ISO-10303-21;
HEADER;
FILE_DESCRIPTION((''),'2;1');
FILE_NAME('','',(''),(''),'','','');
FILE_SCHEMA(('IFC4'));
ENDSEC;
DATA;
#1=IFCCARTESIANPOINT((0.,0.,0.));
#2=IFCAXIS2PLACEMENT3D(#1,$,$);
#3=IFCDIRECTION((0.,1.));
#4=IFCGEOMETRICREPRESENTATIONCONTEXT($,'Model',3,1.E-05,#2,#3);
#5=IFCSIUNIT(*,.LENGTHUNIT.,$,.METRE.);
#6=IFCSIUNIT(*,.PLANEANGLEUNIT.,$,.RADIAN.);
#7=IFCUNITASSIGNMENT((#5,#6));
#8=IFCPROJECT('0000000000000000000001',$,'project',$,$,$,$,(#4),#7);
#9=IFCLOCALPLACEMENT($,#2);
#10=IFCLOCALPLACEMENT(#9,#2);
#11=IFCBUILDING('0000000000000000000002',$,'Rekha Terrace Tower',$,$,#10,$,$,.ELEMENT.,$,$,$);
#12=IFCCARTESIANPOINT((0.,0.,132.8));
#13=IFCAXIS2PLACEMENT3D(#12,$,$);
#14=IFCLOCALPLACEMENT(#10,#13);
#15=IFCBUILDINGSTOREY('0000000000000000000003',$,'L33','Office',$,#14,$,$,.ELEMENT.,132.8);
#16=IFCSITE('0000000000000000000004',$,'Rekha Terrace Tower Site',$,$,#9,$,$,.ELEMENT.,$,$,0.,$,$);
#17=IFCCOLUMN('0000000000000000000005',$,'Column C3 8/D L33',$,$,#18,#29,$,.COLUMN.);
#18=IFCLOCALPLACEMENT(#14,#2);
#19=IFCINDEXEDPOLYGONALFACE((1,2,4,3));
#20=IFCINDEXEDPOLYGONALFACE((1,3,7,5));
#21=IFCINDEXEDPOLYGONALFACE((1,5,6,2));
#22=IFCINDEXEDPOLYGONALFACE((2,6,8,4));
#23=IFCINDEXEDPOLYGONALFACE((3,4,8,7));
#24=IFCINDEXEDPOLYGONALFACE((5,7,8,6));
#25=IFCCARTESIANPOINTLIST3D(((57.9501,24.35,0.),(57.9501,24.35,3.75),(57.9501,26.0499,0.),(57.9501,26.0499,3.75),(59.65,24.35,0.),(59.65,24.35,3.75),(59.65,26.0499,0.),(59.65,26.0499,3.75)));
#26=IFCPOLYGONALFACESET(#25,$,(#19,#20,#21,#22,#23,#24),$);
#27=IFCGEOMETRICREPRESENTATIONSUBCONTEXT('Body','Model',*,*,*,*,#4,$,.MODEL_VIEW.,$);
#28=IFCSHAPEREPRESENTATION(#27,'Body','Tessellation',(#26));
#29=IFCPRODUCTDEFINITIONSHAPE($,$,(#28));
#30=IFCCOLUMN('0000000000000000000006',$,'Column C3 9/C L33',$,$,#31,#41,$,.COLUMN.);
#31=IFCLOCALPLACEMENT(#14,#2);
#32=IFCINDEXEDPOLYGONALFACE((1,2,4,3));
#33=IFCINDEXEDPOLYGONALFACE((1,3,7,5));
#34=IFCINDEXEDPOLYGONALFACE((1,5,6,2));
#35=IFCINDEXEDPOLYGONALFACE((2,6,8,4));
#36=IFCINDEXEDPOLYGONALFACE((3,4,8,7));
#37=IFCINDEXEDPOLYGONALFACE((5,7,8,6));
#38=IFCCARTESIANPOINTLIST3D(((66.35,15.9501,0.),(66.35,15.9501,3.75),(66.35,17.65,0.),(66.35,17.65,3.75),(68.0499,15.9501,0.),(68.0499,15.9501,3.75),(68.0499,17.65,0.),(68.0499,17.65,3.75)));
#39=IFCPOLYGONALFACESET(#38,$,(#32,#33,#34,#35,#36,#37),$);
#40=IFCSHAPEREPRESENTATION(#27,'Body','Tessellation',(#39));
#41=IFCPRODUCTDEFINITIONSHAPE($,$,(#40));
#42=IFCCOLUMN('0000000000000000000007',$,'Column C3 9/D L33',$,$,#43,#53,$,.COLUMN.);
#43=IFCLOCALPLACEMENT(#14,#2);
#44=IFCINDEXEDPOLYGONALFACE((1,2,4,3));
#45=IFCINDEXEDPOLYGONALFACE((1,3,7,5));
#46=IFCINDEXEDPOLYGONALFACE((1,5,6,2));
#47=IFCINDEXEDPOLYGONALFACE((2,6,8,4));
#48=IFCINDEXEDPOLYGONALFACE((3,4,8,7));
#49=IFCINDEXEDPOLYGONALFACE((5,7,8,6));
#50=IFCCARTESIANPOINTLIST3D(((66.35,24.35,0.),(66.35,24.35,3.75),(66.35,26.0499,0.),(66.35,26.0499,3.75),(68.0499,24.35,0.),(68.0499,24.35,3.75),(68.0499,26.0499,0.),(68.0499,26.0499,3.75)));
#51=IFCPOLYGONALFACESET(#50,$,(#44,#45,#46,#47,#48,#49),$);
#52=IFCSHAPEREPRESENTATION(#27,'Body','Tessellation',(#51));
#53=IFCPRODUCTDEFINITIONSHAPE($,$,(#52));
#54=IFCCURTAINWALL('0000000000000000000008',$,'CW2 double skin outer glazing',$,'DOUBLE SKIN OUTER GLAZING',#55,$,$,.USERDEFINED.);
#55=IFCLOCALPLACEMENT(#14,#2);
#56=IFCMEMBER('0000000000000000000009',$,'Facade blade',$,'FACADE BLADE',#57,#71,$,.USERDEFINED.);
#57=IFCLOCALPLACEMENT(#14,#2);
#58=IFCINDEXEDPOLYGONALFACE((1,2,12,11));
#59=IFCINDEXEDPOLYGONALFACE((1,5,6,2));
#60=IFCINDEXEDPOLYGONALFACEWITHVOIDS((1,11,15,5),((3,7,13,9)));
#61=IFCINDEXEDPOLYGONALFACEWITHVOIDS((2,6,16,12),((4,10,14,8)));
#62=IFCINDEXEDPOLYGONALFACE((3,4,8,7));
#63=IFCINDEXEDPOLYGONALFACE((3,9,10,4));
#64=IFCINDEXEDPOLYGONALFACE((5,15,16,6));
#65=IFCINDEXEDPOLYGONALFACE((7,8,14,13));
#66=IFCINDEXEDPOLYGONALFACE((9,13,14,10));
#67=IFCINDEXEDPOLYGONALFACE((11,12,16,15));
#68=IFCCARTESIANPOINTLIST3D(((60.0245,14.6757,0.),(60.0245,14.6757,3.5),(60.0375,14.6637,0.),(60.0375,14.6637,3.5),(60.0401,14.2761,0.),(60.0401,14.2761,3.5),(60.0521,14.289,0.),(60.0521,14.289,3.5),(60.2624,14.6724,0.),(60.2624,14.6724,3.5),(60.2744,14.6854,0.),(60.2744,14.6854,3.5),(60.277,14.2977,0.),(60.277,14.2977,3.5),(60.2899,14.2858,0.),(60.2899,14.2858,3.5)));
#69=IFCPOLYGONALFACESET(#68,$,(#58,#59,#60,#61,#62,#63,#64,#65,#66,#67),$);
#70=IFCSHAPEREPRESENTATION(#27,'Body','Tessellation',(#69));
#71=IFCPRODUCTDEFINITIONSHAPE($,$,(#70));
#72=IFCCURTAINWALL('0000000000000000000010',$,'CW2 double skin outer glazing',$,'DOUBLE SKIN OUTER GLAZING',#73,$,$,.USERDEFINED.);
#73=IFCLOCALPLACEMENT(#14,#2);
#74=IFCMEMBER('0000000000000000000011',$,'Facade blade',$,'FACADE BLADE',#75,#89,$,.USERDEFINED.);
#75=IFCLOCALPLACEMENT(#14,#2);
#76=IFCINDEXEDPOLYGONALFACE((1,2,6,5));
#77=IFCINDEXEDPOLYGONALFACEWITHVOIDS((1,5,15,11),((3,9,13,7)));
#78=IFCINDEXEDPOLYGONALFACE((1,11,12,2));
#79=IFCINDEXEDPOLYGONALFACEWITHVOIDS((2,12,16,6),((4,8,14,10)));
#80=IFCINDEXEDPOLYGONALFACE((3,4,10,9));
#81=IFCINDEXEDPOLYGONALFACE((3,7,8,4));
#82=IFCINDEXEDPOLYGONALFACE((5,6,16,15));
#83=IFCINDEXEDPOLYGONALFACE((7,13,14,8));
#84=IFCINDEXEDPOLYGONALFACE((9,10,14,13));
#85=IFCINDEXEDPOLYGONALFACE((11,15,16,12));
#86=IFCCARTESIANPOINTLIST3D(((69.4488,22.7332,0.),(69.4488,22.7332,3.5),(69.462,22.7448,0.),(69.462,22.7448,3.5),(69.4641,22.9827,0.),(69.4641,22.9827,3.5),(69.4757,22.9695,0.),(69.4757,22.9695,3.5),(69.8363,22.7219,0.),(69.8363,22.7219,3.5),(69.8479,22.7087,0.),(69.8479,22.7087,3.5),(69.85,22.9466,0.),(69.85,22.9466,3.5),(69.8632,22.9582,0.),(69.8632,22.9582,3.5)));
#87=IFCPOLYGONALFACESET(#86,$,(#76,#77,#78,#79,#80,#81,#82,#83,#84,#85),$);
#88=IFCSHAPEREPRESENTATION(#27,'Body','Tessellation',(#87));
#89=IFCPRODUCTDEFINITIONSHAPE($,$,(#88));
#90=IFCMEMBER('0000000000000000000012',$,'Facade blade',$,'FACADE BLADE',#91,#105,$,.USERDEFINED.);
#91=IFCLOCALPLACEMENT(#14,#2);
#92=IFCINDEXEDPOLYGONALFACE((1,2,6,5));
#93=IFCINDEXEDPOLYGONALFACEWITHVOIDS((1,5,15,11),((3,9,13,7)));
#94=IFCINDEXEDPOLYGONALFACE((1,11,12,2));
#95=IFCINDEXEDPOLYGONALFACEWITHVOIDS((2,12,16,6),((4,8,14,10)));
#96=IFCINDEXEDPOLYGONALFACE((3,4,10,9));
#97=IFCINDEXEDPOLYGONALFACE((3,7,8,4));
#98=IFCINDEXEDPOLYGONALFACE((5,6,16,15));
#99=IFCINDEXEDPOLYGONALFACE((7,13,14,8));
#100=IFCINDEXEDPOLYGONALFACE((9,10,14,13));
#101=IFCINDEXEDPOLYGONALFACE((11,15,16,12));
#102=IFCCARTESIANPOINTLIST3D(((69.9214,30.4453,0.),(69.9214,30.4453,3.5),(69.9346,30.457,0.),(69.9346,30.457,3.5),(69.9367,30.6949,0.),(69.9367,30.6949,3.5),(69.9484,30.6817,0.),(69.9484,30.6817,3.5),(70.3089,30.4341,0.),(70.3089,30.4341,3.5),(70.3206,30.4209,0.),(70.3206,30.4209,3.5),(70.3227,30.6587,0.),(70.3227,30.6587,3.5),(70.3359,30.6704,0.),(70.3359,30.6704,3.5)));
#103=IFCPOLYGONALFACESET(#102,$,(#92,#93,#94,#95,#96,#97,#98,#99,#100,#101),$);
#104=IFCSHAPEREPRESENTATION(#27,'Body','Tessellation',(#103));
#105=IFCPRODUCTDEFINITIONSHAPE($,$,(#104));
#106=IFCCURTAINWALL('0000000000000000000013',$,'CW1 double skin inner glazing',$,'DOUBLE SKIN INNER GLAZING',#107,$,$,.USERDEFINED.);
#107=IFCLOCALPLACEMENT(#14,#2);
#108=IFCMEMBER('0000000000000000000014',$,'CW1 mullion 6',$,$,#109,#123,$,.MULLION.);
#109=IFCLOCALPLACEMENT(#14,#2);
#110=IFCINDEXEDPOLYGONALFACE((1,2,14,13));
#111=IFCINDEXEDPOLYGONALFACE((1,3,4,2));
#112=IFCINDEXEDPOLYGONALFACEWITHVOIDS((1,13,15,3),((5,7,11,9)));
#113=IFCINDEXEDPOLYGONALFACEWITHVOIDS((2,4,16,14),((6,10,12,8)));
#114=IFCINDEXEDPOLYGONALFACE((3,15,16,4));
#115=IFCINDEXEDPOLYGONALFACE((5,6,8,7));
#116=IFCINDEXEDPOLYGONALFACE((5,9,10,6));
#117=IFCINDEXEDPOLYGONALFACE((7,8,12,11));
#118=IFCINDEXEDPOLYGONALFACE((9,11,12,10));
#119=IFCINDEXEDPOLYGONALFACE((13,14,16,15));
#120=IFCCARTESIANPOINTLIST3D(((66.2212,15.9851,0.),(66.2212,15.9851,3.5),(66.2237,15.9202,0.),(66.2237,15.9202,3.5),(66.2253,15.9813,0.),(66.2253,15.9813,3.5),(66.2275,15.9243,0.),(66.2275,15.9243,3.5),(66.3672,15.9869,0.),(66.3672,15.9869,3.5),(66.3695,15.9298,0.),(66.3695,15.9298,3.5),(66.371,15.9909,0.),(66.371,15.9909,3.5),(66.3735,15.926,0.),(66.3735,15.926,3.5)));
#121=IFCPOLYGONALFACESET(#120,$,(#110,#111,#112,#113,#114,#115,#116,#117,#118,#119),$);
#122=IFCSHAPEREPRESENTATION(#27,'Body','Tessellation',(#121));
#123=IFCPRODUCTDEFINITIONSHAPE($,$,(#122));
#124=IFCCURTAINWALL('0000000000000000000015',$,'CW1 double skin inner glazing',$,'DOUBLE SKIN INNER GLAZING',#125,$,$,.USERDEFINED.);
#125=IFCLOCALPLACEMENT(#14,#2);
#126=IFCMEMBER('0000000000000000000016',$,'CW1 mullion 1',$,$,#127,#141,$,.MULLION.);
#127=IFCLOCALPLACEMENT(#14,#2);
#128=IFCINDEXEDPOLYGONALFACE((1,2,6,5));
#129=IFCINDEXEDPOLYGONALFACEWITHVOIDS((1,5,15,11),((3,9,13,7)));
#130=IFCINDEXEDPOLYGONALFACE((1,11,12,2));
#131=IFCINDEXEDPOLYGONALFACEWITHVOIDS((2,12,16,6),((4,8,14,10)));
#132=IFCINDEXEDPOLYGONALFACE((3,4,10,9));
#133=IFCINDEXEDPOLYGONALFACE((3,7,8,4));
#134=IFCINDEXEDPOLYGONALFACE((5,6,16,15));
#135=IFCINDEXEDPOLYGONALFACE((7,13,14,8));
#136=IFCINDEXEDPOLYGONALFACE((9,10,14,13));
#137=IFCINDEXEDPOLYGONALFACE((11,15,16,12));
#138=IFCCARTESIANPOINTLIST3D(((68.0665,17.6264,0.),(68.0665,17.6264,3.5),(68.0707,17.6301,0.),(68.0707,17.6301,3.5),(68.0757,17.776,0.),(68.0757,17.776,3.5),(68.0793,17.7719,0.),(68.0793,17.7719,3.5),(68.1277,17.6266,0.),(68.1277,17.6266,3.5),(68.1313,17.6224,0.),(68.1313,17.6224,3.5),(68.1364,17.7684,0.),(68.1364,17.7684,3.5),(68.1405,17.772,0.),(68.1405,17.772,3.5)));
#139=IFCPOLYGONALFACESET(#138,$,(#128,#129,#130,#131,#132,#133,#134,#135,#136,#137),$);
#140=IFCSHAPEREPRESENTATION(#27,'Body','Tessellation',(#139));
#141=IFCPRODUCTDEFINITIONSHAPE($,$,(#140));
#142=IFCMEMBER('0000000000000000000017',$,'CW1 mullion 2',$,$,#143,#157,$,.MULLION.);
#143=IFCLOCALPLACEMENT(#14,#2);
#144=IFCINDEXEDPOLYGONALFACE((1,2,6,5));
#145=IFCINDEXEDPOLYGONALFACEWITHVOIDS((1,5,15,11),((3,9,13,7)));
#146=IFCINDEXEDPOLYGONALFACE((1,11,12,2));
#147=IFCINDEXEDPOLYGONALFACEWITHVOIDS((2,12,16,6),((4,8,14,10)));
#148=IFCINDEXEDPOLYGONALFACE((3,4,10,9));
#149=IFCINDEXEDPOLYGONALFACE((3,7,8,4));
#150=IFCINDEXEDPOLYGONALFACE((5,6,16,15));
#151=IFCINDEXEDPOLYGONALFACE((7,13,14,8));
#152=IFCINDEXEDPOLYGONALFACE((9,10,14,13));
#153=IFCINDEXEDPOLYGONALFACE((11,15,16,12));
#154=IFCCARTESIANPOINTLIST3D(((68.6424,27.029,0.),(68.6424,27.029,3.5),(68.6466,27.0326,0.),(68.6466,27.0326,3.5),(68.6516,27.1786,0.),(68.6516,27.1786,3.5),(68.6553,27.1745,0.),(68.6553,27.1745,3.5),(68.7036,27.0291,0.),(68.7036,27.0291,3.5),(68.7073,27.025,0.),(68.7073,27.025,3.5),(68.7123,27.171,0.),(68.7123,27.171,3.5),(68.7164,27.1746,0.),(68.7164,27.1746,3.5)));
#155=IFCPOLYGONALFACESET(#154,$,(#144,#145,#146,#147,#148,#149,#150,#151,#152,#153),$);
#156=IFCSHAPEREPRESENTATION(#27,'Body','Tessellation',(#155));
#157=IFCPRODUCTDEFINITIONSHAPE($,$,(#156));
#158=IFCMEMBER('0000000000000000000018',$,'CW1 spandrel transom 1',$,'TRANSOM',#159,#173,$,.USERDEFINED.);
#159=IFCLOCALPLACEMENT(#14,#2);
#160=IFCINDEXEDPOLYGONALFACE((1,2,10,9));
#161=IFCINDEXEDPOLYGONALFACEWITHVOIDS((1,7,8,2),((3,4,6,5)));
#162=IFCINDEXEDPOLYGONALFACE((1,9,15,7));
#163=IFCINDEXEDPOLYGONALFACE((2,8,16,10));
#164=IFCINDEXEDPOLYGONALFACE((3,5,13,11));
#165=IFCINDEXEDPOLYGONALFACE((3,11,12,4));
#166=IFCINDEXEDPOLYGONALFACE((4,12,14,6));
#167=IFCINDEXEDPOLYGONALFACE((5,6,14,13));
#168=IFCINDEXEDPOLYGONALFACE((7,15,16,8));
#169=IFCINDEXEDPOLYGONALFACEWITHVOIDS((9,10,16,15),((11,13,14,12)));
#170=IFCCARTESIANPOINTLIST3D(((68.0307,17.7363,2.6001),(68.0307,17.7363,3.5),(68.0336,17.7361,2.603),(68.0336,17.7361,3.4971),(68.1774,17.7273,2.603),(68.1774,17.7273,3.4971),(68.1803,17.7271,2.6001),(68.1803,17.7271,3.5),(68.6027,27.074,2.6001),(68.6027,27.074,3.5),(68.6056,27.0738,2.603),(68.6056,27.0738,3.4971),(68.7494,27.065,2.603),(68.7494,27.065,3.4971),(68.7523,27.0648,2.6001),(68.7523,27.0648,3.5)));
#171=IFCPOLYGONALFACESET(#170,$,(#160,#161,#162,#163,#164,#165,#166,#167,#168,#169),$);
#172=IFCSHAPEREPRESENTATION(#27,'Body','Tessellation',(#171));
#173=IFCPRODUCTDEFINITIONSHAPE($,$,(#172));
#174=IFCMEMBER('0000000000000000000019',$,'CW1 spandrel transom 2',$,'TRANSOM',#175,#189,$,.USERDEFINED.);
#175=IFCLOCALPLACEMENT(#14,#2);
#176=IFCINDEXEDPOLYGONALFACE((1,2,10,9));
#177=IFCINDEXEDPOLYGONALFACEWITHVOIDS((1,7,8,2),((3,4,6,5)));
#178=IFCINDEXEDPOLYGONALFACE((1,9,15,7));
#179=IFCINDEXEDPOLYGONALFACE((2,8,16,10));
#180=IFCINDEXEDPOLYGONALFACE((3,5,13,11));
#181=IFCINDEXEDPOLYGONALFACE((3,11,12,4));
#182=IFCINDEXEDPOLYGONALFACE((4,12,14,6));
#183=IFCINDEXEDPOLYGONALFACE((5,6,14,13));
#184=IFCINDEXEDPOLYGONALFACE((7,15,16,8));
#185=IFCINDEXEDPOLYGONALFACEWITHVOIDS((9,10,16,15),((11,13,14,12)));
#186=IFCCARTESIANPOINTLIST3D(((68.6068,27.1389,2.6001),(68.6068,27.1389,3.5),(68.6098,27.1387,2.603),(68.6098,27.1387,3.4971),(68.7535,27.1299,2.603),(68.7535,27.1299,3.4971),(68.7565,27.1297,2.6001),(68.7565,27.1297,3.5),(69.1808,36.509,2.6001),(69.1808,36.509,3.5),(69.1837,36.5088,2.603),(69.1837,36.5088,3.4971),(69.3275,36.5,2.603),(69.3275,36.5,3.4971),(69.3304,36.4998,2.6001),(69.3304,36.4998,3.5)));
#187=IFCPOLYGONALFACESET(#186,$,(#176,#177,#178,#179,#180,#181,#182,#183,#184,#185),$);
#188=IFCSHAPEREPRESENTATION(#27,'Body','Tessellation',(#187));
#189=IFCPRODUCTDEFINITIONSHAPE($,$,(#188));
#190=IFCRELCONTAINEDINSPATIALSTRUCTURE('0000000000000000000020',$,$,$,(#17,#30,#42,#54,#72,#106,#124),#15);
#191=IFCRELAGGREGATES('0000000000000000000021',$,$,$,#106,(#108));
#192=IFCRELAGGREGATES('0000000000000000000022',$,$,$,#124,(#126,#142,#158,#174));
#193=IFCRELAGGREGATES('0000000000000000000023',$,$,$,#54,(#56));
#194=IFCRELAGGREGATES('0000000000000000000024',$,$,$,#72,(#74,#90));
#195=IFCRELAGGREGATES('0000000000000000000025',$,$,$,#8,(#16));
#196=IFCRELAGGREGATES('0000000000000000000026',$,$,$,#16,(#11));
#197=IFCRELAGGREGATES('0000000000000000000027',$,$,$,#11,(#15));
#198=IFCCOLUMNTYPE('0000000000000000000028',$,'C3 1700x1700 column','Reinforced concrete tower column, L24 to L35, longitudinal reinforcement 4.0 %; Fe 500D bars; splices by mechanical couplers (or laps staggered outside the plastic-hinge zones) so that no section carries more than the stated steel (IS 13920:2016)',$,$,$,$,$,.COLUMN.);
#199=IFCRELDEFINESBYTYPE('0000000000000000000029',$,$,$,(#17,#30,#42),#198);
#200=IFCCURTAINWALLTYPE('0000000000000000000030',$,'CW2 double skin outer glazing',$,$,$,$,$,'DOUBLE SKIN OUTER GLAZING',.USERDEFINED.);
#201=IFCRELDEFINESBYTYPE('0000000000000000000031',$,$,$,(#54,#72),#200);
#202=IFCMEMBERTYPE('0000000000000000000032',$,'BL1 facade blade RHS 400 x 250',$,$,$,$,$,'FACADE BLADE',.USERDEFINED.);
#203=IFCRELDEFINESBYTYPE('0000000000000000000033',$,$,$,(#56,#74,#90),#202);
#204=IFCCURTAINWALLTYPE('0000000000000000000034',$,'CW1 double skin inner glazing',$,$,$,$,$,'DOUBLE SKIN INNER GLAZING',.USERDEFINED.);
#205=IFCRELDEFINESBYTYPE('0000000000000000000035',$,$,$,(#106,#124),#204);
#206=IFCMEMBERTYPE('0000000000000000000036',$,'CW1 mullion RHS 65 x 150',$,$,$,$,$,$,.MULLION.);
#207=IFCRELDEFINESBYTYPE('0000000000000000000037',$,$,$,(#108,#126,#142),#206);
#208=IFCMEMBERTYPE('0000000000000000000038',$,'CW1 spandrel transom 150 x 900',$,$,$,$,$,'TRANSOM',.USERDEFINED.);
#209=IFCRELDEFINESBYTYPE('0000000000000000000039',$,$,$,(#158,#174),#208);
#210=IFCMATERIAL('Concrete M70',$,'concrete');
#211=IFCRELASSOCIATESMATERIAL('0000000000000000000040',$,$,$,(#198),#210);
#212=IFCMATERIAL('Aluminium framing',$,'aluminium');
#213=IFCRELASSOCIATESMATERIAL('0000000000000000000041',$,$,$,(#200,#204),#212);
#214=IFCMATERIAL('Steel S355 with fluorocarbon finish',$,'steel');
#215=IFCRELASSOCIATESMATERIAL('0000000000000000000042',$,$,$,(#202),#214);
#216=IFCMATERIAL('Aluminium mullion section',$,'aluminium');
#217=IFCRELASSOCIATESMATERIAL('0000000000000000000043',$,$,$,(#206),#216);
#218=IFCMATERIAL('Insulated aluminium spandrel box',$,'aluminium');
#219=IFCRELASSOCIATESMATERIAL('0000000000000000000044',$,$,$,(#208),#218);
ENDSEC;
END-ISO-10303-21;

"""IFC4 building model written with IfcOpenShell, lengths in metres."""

from ifc_helpers import new_model, si_unit, direction, frame, origin, origin_2d, place, context, subcontext, project, spatial, rectangle, hollow_rectangle, extrude, material, material_profile, profile_set, type_object, element, aggregate, save


model = new_model("IFC4")

# Units and contexts
model_context = context("Model", 3, precision=1e-05, world=origin(), true_north=direction((0.0, 1.0)))
body_context = subcontext(model_context, "Body", "Model", "MODEL_VIEW")
ifc_project = project(units=[si_unit("LENGTHUNIT", "METRE"), si_unit("PLANEANGLEUNIT", "RADIAN")], contexts=[model_context])

# Site, building, storey
site_placement = place(None, origin())
site = spatial("IfcSite", under=ifc_project, at=site_placement, Name="Rekha Terrace Tower Site", CompositionType="ELEMENT", RefElevation=0.0)
building_placement = place(site_placement, origin())
building = spatial("IfcBuilding", under=site, at=building_placement, Name="Rekha Terrace Tower", CompositionType="ELEMENT")
storey_placement = place(building_placement, frame((0.0, 0.0, 132.8)))
storey = spatial("IfcBuildingStorey", under=building, at=storey_placement, Name="L33", Description="Office", CompositionType="ELEMENT", Elevation=132.8)

# Columns
ifc_material_1 = material(Name="Concrete M70", Category="concrete")
ifc_material_profile_1 = material_profile(ifc_material_1, rectangle(XDim=1.7, YDim=1.7, at=origin_2d()), Name="RC 1700x1700")
ifc_profile_set_1 = profile_set([ifc_material_profile_1], Name="Concrete M70")
column_type = type_object("IfcColumnType", Name="C3 1700x1700 column", Description="Reinforced concrete tower column, L24 to L35, longitudinal reinforcement 4.0 %; Fe 500D bars; splices by mechanical couplers (or laps staggered outside the plastic-hinge zones) so that no section carries more than the stated steel (IS 13920:2016)", PredefinedType="COLUMN", material=ifc_profile_set_1)
for number, where, z_axis, x_axis, name in (
    (1, (58.8, 25.2, 0.0), (0.0, 0.0, 1.0), (1.0, 0.0, 0.0), "Column C3 8/D L33"),
    (2, (67.2, 16.8, 0.0), (0.0, 0.0, 1.0), (1.0, 0.0, 0.0), "Column C3 9/C L33"),
    (3, (67.2, 25.2, 0.0), (0.0, 0.0, 1.0), (1.0, 0.0, 0.0), "Column C3 9/D L33"),
):
    element("IfcColumn", number, at=place(storey_placement, frame(where, z_axis=z_axis, x_axis=x_axis)), inside=storey, type_object=column_type, Name=name, PredefinedType="COLUMN", context=body_context, shape_type="SweptSolid", body=[
        extrude(rectangle(XDim=1.7, YDim=1.7, at=origin_2d()), origin(), (0.0, 0.0, 1.0), 3.75),
    ])

# Curtain wall, member
ifc_material_2 = material(Name="Aluminium framing", Category="aluminium")
curtain_wall_type_1 = type_object("IfcCurtainWallType", Name="CW2 double skin outer glazing", ElementType="DOUBLE SKIN OUTER GLAZING", PredefinedType="USERDEFINED", material=ifc_material_2)
curtain_wall_1_placement = place(storey_placement, origin())
curtain_wall_1 = element("IfcCurtainWall", 4, at=curtain_wall_1_placement, inside=storey, type_object=curtain_wall_type_1, Name="CW2 double skin outer glazing", ObjectType="DOUBLE SKIN OUTER GLAZING", PredefinedType="USERDEFINED")
ifc_material_3 = material(Name="Steel S355 with fluorocarbon finish", Category="steel")
ifc_material_profile_2 = material_profile(ifc_material_3, hollow_rectangle(XDim=0.25, YDim=0.3999, WallThickness=0.0125, at=origin_2d()), Name="RHS400x250x12.5")
ifc_profile_set_2 = profile_set([ifc_material_profile_2], Name="Steel S355 with fluorocarbon finish")
member_type_1 = type_object("IfcMemberType", Name="BL1 facade blade RHS 400 x 250", ElementType="FACADE BLADE", PredefinedType="USERDEFINED", material=ifc_profile_set_2)
member_1_placement = place(storey_placement, frame((60.1572, 14.4807, 0.0), z_axis=(0.0, 0.0, 1.0), x_axis=(0.999243, 0.03889, 0.0)))
member_1 = element("IfcMember", 5, at=member_1_placement, type_object=member_type_1, Name="Facade blade", ObjectType="FACADE BLADE", PredefinedType="USERDEFINED", context=body_context, shape_type="SweptSolid", body=[
    extrude(hollow_rectangle(XDim=0.25, YDim=0.3999, WallThickness=0.0125, at=origin_2d()), origin(), (0.0, 0.0, 1.0), 3.5),
])

# Curtain wall, members
curtain_wall_2_placement = place(storey_placement, origin())
curtain_wall_2 = element("IfcCurtainWall", 6, at=curtain_wall_2_placement, inside=storey, type_object=curtain_wall_type_1, Name="CW2 double skin outer glazing", ObjectType="DOUBLE SKIN OUTER GLAZING", PredefinedType="USERDEFINED")
member_2_placement = place(storey_placement, frame((69.656, 22.8457, 0.0), z_axis=(0.0, 0.0, 1.0), x_axis=(0.06116, 0.998128, 0.0)))
member_2 = element("IfcMember", 7, at=member_2_placement, type_object=member_type_1, Name="Facade blade", ObjectType="FACADE BLADE", PredefinedType="USERDEFINED", context=body_context, shape_type="SweptSolid", body=[
    extrude(hollow_rectangle(XDim=0.25, YDim=0.3999, WallThickness=0.0125, at=origin_2d()), origin(), (0.0, 0.0, 1.0), 3.5),
])
member_3_placement = place(storey_placement, frame((70.1287, 30.5579, 0.0), z_axis=(0.0, 0.0, 1.0), x_axis=(0.06116, 0.998128, 0.0)))
member_3 = element("IfcMember", 8, at=member_3_placement, type_object=member_type_1, Name="Facade blade", ObjectType="FACADE BLADE", PredefinedType="USERDEFINED", context=body_context, shape_type="SweptSolid", body=[
    extrude(hollow_rectangle(XDim=0.25, YDim=0.3999, WallThickness=0.0125, at=origin_2d()), origin(), (0.0, 0.0, 1.0), 3.5),
])

# Curtain wall, member
curtain_wall_type_2 = type_object("IfcCurtainWallType", Name="CW1 double skin inner glazing", ElementType="DOUBLE SKIN INNER GLAZING", PredefinedType="USERDEFINED", material=ifc_material_2)
curtain_wall_3_placement = place(storey_placement, origin())
curtain_wall_3 = element("IfcCurtainWall", 9, at=curtain_wall_3_placement, inside=storey, type_object=curtain_wall_type_2, Name="CW1 double skin inner glazing", ObjectType="DOUBLE SKIN INNER GLAZING", PredefinedType="USERDEFINED")
ifc_material_4 = material(Name="Aluminium mullion section", Category="aluminium")
ifc_material_profile_3 = material_profile(ifc_material_4, hollow_rectangle(XDim=0.0649, YDim=0.1499, WallThickness=0.0039, at=origin_2d()), Name="AL RHS 65x150")
ifc_profile_set_3 = profile_set([ifc_material_profile_3], Name="Aluminium mullion section")
member_type_2 = type_object("IfcMemberType", Name="CW1 mullion RHS 65 x 150", PredefinedType="MULLION", material=ifc_profile_set_3)
member_4_placement = place(storey_placement, frame((66.2974, 15.9556, 0.0), z_axis=(0.0, 0.0, 1.0), x_axis=(-0.03889, 0.999243, 0.0)))
member_4 = element("IfcMember", 10, at=member_4_placement, type_object=member_type_2, Name="CW1 mullion 6", PredefinedType="MULLION", context=body_context, shape_type="SweptSolid", body=[
    extrude(hollow_rectangle(XDim=0.0649, YDim=0.1499, WallThickness=0.0039, at=origin_2d()), origin(), (0.0, 0.0, 1.0), 3.5),
])

# Curtain wall, members
curtain_wall_4_placement = place(storey_placement, origin())
curtain_wall_4 = element("IfcCurtainWall", 11, at=curtain_wall_4_placement, inside=storey, type_object=curtain_wall_type_2, Name="CW1 double skin inner glazing", ObjectType="DOUBLE SKIN INNER GLAZING", PredefinedType="USERDEFINED")
member_5_placement = place(storey_placement, frame((68.1035, 17.6992, 0.0), z_axis=(0.0, 0.0, 1.0), x_axis=(-0.998128, 0.06116, 0.0)))
member_5 = element("IfcMember", 12, at=member_5_placement, type_object=member_type_2, Name="CW1 mullion 1", PredefinedType="MULLION", context=body_context, shape_type="SweptSolid", body=[
    extrude(hollow_rectangle(XDim=0.0649, YDim=0.1499, WallThickness=0.0039, at=origin_2d()), origin(), (0.0, 0.0, 1.0), 3.5),
])
member_6_placement = place(storey_placement, frame((68.6794, 27.1018, 0.0), z_axis=(0.0, 0.0, 1.0), x_axis=(-0.998128, 0.06116, 0.0)))
member_6 = element("IfcMember", 13, at=member_6_placement, type_object=member_type_2, Name="CW1 mullion 2", PredefinedType="MULLION", context=body_context, shape_type="SweptSolid", body=[
    extrude(hollow_rectangle(XDim=0.0649, YDim=0.1499, WallThickness=0.0039, at=origin_2d()), origin(), (0.0, 0.0, 1.0), 3.5),
])
ifc_material_5 = material(Name="Insulated aluminium spandrel box", Category="aluminium")
ifc_material_profile_4 = material_profile(ifc_material_5, hollow_rectangle(XDim=0.1499, YDim=0.8999, WallThickness=0.0029, at=origin_2d()), Name="AL SPANDREL BOX 150x900")
ifc_profile_set_4 = profile_set([ifc_material_profile_4], Name="Insulated aluminium spandrel box")
member_type_3 = type_object("IfcMemberType", Name="CW1 spandrel transom 150 x 900", ElementType="TRANSOM", PredefinedType="USERDEFINED", material=ifc_profile_set_4)
member_7_placement = place(storey_placement, frame((68.1055, 17.7317, 3.05), z_axis=(0.061145, 0.998129, 0.0), x_axis=(-0.998129, 0.061145, 0.0)))
member_7 = element("IfcMember", 14, at=member_7_placement, type_object=member_type_3, Name="CW1 spandrel transom 1", ObjectType="TRANSOM", PredefinedType="USERDEFINED", context=body_context, shape_type="SweptSolid", body=[
    extrude(hollow_rectangle(XDim=0.1499, YDim=0.8999, WallThickness=0.0029, at=origin_2d()), origin(), (0.0, 0.0, 1.0), 9.3552),
])
member_8_placement = place(storey_placement, frame((68.6816, 27.1343, 3.05), z_axis=(0.061141, 0.998129, 0.0), x_axis=(-0.998129, 0.061141, 0.0)))
member_8 = element("IfcMember", 15, at=member_8_placement, type_object=member_type_3, Name="CW1 spandrel transom 2", ObjectType="TRANSOM", PredefinedType="USERDEFINED", context=body_context, shape_type="SweptSolid", body=[
    extrude(hollow_rectangle(XDim=0.1499, YDim=0.8999, WallThickness=0.0029, at=origin_2d()), origin(), (0.0, 0.0, 1.0), 9.3877),
])

aggregate(curtain_wall_3, [member_4])
aggregate(curtain_wall_4, [member_5, member_6, member_7, member_8])
aggregate(curtain_wall_1, [member_1])
aggregate(curtain_wall_2, [member_2, member_3])

save(model, "model.ifc")
